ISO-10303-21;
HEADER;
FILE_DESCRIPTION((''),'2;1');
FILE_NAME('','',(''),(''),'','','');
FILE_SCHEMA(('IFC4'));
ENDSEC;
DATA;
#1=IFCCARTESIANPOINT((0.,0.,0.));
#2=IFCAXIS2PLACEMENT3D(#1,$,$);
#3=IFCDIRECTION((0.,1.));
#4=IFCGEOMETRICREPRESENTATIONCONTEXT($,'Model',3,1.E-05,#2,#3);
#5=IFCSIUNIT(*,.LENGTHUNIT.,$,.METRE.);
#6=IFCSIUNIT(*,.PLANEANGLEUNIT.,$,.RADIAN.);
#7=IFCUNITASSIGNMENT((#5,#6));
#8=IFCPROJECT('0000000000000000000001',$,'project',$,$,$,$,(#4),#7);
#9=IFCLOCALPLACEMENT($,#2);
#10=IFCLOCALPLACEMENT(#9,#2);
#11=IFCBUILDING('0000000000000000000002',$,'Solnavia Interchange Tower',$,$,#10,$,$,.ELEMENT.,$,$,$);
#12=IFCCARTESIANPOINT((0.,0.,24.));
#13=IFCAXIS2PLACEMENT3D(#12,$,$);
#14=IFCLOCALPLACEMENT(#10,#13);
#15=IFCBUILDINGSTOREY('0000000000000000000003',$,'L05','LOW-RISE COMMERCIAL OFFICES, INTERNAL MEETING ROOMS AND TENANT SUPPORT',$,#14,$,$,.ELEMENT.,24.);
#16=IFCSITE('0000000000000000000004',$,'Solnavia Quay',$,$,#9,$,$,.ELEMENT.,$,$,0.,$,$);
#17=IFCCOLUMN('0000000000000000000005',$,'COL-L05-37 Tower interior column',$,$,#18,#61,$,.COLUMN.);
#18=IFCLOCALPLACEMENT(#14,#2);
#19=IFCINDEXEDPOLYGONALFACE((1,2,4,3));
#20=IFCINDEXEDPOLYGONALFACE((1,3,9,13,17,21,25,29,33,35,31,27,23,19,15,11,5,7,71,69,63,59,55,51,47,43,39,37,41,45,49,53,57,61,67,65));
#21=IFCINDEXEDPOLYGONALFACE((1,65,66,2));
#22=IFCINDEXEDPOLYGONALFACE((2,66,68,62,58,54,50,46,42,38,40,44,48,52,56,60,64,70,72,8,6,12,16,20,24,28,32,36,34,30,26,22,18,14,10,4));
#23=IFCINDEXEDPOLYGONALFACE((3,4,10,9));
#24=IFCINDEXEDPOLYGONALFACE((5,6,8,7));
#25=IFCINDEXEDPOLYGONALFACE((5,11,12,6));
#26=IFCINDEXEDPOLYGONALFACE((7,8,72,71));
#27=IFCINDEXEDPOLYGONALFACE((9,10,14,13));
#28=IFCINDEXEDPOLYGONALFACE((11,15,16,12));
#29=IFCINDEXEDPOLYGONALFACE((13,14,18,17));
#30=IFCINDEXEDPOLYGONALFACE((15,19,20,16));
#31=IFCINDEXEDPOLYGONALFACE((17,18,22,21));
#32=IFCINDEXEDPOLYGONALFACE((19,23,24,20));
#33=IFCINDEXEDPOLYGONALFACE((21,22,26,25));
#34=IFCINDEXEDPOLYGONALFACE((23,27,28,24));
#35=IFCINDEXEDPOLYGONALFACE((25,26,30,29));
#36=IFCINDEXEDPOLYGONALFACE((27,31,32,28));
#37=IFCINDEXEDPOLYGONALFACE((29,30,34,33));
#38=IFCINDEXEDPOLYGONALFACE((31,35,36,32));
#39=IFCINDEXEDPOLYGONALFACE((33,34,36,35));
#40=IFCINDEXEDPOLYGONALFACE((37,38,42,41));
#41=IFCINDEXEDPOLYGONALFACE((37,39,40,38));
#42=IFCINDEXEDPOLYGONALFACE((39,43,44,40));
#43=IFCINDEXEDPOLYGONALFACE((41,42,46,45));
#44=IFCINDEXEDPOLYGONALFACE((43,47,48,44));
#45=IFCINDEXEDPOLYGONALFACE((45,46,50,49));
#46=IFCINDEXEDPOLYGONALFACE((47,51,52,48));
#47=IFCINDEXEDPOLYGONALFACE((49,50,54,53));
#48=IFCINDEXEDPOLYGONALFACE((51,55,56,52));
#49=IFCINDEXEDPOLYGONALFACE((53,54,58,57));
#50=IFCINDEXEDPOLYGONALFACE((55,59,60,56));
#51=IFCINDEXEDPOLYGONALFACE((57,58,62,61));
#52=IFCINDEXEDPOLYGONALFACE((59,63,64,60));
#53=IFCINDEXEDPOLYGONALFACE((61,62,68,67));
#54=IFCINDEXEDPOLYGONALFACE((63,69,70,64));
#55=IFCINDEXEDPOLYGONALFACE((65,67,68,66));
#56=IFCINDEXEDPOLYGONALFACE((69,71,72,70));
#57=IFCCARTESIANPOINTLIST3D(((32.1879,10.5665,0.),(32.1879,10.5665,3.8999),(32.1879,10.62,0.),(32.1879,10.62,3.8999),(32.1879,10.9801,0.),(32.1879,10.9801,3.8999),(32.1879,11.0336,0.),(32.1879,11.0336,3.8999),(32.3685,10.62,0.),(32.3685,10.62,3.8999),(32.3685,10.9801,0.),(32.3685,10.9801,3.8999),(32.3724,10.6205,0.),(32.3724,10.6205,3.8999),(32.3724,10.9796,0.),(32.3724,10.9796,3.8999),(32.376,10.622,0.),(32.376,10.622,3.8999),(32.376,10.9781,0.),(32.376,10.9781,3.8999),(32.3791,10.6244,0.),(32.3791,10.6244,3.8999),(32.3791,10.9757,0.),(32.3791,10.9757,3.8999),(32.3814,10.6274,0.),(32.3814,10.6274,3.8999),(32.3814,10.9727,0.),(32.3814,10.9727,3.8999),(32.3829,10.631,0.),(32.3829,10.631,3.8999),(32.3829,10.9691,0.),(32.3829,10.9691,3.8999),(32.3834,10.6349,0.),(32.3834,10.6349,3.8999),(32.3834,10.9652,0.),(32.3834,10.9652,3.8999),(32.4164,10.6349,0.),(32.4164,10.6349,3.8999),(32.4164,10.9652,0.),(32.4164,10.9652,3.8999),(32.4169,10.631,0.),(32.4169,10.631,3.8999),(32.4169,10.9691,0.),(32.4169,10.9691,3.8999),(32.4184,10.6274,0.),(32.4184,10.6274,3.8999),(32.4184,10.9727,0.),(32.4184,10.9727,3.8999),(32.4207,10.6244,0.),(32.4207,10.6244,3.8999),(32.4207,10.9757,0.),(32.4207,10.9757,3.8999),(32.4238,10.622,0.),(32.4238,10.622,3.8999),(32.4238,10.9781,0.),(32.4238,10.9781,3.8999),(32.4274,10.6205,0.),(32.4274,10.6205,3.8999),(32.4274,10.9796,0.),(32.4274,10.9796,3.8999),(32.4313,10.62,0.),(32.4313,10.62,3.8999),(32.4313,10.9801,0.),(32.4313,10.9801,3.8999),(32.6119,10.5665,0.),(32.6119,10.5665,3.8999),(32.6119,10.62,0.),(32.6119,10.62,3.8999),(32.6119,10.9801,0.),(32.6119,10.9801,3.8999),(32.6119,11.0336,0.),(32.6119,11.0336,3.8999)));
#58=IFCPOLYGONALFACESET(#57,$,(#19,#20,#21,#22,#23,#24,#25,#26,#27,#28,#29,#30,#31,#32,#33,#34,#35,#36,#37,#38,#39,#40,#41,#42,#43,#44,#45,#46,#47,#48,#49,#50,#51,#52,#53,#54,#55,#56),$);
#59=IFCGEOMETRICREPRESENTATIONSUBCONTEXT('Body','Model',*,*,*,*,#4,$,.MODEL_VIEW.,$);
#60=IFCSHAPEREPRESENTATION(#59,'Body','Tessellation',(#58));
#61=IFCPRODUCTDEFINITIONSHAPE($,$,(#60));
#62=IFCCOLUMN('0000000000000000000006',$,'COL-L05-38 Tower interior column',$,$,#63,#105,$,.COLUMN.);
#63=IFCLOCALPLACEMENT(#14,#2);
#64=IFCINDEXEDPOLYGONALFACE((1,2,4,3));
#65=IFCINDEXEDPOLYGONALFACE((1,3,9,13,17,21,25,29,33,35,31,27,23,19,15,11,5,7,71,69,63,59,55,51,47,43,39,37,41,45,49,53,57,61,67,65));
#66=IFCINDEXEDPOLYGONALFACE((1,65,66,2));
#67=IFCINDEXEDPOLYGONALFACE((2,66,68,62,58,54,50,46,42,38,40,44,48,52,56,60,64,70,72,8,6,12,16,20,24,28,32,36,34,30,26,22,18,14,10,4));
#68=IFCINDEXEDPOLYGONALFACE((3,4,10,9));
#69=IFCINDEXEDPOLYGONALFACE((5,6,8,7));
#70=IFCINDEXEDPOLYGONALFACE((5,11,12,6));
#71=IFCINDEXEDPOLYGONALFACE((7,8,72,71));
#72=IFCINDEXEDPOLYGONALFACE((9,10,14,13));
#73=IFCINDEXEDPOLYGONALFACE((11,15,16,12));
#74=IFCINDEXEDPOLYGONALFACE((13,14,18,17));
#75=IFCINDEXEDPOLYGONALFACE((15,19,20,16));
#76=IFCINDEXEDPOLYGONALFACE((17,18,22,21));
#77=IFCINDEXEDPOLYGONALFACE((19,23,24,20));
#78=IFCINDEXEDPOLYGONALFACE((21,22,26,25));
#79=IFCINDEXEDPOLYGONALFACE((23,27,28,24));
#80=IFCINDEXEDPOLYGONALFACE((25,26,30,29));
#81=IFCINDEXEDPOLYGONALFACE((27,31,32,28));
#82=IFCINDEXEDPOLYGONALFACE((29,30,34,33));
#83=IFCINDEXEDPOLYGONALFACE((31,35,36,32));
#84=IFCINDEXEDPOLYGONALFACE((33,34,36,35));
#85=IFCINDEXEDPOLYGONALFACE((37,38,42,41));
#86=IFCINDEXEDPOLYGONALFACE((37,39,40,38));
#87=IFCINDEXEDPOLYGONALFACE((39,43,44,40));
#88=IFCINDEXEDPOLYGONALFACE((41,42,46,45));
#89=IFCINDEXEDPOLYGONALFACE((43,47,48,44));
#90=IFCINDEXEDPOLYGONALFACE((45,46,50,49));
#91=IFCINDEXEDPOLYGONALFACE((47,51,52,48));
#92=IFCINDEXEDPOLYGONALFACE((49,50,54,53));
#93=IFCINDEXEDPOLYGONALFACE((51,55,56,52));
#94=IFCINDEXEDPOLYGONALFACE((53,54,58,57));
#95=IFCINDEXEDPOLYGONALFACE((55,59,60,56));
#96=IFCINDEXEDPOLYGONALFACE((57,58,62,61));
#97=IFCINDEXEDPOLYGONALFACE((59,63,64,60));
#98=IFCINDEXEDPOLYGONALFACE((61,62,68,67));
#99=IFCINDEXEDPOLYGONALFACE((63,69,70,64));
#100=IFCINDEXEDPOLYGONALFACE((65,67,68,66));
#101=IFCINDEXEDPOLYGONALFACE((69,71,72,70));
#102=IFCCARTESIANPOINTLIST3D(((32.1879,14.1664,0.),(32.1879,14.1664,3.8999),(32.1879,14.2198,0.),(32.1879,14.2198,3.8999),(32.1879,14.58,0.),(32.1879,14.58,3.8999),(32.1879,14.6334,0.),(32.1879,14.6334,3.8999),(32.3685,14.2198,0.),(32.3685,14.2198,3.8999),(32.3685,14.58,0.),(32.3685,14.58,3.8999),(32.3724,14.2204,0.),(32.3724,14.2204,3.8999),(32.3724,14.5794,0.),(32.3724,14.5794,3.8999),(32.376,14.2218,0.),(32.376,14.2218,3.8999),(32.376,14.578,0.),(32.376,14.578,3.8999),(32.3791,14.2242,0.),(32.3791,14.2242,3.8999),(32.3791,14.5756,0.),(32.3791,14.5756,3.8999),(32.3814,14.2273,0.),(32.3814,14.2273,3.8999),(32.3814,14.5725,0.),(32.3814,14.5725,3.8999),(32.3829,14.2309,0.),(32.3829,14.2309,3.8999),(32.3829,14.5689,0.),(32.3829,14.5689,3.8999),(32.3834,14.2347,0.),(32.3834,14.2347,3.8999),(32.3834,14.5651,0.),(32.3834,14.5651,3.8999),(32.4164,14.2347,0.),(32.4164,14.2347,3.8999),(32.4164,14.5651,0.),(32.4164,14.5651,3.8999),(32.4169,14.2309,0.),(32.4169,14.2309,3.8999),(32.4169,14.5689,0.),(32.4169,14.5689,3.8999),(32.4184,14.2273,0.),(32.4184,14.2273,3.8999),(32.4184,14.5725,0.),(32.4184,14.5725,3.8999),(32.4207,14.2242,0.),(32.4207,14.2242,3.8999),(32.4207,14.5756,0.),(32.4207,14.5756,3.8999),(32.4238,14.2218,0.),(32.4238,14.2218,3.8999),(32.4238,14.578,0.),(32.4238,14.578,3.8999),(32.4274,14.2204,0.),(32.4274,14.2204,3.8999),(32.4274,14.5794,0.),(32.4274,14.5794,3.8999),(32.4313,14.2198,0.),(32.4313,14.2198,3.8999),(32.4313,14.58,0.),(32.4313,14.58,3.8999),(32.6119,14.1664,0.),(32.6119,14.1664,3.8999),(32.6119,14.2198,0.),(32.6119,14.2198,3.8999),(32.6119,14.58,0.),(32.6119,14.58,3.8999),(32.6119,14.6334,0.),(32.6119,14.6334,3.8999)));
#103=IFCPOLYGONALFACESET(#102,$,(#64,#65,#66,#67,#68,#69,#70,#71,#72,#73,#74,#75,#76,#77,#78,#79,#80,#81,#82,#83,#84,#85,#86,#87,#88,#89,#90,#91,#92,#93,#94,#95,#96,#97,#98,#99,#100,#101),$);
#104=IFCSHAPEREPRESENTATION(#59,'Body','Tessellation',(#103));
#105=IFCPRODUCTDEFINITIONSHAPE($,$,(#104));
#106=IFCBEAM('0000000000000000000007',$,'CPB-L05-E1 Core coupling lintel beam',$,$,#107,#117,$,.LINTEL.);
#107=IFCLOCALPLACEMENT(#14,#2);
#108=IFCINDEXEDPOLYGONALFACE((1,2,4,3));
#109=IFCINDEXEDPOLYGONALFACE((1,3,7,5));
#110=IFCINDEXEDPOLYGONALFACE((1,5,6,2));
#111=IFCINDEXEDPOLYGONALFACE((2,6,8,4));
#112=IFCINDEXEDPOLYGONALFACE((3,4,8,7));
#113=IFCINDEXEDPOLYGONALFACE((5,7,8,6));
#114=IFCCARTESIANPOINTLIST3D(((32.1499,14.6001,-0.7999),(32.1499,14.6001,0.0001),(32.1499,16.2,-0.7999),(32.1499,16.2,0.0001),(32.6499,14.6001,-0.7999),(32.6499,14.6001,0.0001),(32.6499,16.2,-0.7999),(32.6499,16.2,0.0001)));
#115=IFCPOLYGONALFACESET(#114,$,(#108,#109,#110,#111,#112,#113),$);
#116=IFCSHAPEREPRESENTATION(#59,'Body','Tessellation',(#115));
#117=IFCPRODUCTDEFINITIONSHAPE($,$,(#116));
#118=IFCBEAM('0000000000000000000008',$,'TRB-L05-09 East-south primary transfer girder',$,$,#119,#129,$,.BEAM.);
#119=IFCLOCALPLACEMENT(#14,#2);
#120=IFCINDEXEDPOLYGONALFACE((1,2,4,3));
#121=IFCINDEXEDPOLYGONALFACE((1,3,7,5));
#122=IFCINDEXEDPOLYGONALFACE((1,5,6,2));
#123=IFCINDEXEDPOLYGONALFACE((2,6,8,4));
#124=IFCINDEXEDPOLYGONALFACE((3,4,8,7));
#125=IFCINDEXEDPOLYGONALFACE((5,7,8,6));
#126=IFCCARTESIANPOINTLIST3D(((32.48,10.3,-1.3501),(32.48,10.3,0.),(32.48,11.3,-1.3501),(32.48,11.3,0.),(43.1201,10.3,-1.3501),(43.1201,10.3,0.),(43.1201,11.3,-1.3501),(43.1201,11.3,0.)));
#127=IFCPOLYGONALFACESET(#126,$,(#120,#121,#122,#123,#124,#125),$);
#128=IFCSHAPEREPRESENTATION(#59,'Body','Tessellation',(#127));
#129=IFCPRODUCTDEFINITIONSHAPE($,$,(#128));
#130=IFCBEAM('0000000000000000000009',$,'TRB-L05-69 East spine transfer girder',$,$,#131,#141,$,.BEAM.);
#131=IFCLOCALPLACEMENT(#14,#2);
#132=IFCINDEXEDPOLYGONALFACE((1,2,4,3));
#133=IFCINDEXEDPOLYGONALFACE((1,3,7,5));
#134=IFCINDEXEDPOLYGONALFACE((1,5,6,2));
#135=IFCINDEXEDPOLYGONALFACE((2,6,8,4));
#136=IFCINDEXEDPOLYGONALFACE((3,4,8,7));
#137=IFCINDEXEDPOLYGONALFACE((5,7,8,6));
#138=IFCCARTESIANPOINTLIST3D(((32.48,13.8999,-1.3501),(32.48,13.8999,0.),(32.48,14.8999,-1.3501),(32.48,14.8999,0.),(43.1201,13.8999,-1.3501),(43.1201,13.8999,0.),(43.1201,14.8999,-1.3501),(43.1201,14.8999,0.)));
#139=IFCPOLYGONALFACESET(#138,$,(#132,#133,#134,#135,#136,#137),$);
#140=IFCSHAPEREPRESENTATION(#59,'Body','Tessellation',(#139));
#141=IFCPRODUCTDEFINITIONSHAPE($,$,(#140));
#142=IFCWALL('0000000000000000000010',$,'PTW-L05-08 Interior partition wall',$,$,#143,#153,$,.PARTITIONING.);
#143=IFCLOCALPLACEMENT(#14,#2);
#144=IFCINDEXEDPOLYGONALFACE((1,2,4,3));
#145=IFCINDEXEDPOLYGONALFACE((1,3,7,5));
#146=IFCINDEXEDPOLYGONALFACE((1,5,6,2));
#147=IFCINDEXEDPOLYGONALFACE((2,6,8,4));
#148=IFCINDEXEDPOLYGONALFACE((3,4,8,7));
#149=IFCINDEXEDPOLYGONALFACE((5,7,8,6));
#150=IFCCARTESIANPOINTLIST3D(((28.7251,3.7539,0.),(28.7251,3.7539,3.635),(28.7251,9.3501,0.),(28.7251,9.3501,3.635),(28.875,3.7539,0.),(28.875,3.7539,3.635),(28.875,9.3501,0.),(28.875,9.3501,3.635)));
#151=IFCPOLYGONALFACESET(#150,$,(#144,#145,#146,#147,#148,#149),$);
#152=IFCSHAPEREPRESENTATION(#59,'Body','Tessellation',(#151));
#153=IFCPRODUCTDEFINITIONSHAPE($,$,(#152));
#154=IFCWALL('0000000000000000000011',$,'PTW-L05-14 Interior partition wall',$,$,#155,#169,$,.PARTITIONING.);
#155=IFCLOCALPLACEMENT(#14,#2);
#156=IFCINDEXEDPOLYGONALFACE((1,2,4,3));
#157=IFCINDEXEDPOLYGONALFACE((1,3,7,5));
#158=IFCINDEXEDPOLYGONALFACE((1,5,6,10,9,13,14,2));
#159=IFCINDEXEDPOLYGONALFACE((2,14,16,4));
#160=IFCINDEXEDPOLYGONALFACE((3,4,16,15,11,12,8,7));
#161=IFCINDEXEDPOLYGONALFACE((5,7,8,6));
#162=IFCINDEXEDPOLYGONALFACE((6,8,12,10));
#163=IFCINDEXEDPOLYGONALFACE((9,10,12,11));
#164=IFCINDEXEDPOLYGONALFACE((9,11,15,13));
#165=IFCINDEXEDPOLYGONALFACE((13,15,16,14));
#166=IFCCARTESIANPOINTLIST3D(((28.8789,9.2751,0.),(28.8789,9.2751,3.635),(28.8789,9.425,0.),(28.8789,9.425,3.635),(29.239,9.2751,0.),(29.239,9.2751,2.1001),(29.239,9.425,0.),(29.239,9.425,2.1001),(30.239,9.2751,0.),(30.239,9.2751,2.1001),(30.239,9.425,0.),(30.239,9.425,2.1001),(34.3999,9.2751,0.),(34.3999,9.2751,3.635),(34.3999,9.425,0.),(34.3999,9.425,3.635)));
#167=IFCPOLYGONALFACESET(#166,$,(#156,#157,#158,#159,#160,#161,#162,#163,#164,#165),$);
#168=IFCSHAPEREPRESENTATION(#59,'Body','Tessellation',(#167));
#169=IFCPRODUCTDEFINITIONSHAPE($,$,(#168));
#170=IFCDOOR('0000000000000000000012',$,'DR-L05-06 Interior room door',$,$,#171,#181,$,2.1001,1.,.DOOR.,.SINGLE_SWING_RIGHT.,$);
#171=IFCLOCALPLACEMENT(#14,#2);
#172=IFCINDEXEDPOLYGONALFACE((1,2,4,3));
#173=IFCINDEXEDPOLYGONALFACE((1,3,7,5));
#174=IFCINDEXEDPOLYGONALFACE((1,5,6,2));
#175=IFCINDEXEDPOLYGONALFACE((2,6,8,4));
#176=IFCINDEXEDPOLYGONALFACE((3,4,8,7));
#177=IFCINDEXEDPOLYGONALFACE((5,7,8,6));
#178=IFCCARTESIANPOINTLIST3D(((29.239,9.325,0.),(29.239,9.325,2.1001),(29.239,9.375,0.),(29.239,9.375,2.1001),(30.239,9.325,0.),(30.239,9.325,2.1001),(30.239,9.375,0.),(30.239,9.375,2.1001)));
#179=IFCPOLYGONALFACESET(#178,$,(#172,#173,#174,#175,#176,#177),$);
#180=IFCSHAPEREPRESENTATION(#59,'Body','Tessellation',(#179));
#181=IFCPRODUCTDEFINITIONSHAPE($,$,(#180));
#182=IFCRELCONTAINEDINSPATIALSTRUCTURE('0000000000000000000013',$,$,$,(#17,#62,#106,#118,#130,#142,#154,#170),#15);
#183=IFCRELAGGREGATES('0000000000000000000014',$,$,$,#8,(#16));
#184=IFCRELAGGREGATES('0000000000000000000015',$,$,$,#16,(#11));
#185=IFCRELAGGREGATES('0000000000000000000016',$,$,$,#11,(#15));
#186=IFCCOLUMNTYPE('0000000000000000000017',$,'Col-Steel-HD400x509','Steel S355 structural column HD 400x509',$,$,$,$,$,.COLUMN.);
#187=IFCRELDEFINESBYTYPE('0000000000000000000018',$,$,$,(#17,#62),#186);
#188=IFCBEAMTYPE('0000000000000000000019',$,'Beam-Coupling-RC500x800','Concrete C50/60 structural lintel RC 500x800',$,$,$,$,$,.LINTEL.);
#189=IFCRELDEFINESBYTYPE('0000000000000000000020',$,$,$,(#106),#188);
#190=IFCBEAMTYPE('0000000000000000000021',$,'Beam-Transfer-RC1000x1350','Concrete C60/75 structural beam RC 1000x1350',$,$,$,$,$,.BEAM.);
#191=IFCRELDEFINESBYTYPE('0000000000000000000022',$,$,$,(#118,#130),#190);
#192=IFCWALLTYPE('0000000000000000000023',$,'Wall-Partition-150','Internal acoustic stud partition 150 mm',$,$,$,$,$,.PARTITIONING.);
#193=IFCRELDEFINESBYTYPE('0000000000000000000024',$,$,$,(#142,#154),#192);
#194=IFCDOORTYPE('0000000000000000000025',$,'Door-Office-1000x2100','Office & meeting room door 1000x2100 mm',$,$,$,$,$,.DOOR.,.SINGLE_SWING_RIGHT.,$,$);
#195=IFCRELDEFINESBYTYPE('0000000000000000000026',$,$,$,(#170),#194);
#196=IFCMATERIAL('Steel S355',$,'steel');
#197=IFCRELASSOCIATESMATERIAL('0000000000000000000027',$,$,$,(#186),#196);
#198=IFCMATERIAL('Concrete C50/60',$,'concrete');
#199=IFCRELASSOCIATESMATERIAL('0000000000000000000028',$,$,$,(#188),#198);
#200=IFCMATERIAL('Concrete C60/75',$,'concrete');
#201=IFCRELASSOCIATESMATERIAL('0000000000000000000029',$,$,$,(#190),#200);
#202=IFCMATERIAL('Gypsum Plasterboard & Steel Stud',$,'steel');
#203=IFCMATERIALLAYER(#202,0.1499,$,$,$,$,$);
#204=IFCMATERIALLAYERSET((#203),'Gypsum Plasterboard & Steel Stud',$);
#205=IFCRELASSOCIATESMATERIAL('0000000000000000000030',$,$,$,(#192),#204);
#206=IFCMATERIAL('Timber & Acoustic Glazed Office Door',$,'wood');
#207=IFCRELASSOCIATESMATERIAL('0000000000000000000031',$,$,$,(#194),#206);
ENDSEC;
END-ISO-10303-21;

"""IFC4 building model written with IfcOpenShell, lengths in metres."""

from ifc_helpers import new_model, si_unit, direction, frame, frame_2d, origin, origin_2d, place, context, subcontext, project, spatial, rectangle, i_section, extrude, material, layer, layer_set, material_profile, profile_set, type_object, element, fill, save


model = new_model("IFC4")

# Units and contexts
model_context = context("Model", 3, precision=1e-05, world=origin(), true_north=direction((0.0, 1.0)))
body_context = subcontext(model_context, "Body", "Model", "MODEL_VIEW")
ifc_project = project(units=[si_unit("LENGTHUNIT", "METRE"), si_unit("PLANEANGLEUNIT", "RADIAN")], contexts=[model_context])

# Site, building, storey
site_placement = place(None, origin())
site = spatial("IfcSite", under=ifc_project, at=site_placement, Name="Solnavia Quay", CompositionType="ELEMENT", RefElevation=0.0)
building_placement = place(site_placement, origin())
building = spatial("IfcBuilding", under=site, at=building_placement, Name="Solnavia Interchange Tower", CompositionType="ELEMENT")
storey_placement = place(building_placement, frame((0.0, 0.0, 24.0)))
storey = spatial("IfcBuildingStorey", under=building, at=storey_placement, Name="L05", Description="LOW-RISE COMMERCIAL OFFICES, INTERNAL MEETING ROOMS AND TENANT SUPPORT", CompositionType="ELEMENT", Elevation=24.0)

# Columns
ifc_material_1 = material(Name="Steel S355", Category="steel")
ifc_material_profile_1 = material_profile(ifc_material_1, i_section(OverallWidth=0.4241, OverallDepth=0.467, WebThickness=0.033, FlangeThickness=0.0535, FilletRadius=0.0149, at=origin_2d()), Name="HD 400x509")
ifc_profile_set_1 = profile_set([ifc_material_profile_1], Name="Steel S355")
column_type = type_object("IfcColumnType", Name="Col-Steel-HD400x509", Description="Steel S355 structural column HD 400x509", PredefinedType="COLUMN", material=ifc_profile_set_1)
for number, where, z_axis, x_axis, name in (
    (1, (32.3999, 10.8, 0.0), (0.0, 0.0, 1.0), (1.0, 0.0, 0.0), "COL-L05-37 Tower interior column"),
    (2, (32.3999, 14.3999, 0.0), (0.0, 0.0, 1.0), (1.0, 0.0, 0.0), "COL-L05-38 Tower interior column"),
):
    element("IfcColumn", number, at=place(storey_placement, frame(where, z_axis=z_axis, x_axis=x_axis)), inside=storey, type_object=column_type, Name=name, PredefinedType="COLUMN", context=body_context, shape_type="SweptSolid", body=[
        extrude(i_section(OverallWidth=0.4241, OverallDepth=0.467, WebThickness=0.033, FlangeThickness=0.0535, FilletRadius=0.0149, at=origin_2d()), origin(), (0.0, 0.0, 1.0), 3.8999),
    ])

# Beams
ifc_material_2 = material(Name="Concrete C50/60", Category="concrete")
ifc_material_profile_2 = material_profile(ifc_material_2, rectangle(XDim=0.5, YDim=0.8, at=origin_2d()), Name="RC 500x800")
ifc_profile_set_2 = profile_set([ifc_material_profile_2], Name="Concrete C50/60")
beam_type_1 = type_object("IfcBeamType", Name="Beam-Coupling-RC500x800", Description="Concrete C50/60 structural lintel RC 500x800", PredefinedType="LINTEL", material=ifc_profile_set_2)
beam_placement = place(storey_placement, frame((32.3999, 14.6001, -0.3999), z_axis=(0.0, 1.0, 0.0), x_axis=(-1.0, 0.0, 0.0)))
element("IfcBeam", 3, at=beam_placement, inside=storey, type_object=beam_type_1, Name="CPB-L05-E1 Core coupling lintel beam", PredefinedType="LINTEL", context=body_context, shape_type="SweptSolid", body=[
    extrude(rectangle(XDim=0.5, YDim=0.8, at=origin_2d()), origin(), (0.0, 0.0, 1.0), 1.5999),
])
ifc_material_3 = material(Name="Concrete C60/75", Category="concrete")
ifc_material_profile_3 = material_profile(ifc_material_3, rectangle(XDim=1.0, YDim=1.3501, at=origin_2d()), Name="RC 1000x1350")
ifc_profile_set_3 = profile_set([ifc_material_profile_3], Name="Concrete C60/75")
beam_type_2 = type_object("IfcBeamType", Name="Beam-Transfer-RC1000x1350", Description="Concrete C60/75 structural beam RC 1000x1350", PredefinedType="BEAM", material=ifc_profile_set_3)
for number, where, z_axis, x_axis, name in (
    (4, (32.48, 10.8, -0.675), (1.0, 0.0, 0.0), (0.0, 1.0, 0.0), "TRB-L05-09 East-south primary transfer girder"),
    (5, (32.48, 14.3999, -0.675), (1.0, 0.0, 0.0), (0.0, 1.0, 0.0), "TRB-L05-69 East spine transfer girder"),
):
    element("IfcBeam", number, at=place(storey_placement, frame(where, z_axis=z_axis, x_axis=x_axis)), inside=storey, type_object=beam_type_2, Name=name, PredefinedType="BEAM", context=body_context, shape_type="SweptSolid", body=[
        extrude(rectangle(XDim=1.0, YDim=1.3501, at=origin_2d()), origin(), (0.0, 0.0, 1.0), 10.6401),
    ])

# Wall
ifc_material_4 = material(Name="Gypsum Plasterboard & Steel Stud", Category="steel")
ifc_layer_1 = layer(ifc_material_4, 0.1499)
ifc_layer_set_1 = layer_set([ifc_layer_1], Name="Gypsum Plasterboard & Steel Stud")
wall_type_1 = type_object("IfcWallType", Name="Wall-Partition-150", Description="Internal acoustic stud partition 150 mm", PredefinedType="PARTITIONING", material=ifc_layer_set_1)
wall_1_placement = place(storey_placement, frame((28.8, 9.3501, 0.0), z_axis=(0.0, 0.0, 1.0), x_axis=(0.0, -1.0, 0.0)))
element("IfcWall", 6, at=wall_1_placement, inside=storey, type_object=wall_type_1, Name="PTW-L05-08 Interior partition wall", PredefinedType="PARTITIONING", context=body_context, shape_type="SweptSolid", body=[
    extrude(rectangle(XDim=5.5962, YDim=0.1499, at=frame_2d((2.7981, 0.0))), origin(), (0.0, 0.0, 1.0), 3.635),
])

# Wall, opening, door
wall_2_placement = place(storey_placement, frame((28.8789, 9.3501, 0.0), z_axis=(0.0, 0.0, 1.0), x_axis=(1.0, 0.0, 0.0)))
wall_2 = element("IfcWall", 7, at=wall_2_placement, inside=storey, type_object=wall_type_1, Name="PTW-L05-14 Interior partition wall", PredefinedType="PARTITIONING", context=body_context, shape_type="SweptSolid", body=[
    extrude(rectangle(XDim=5.521, YDim=0.1499, at=frame_2d((2.7605, 0.0))), origin(), (0.0, 0.0, 1.0), 3.635),
])
opening_1_placement = place(wall_2_placement, frame((0.3601, 0.0, 0.0)))
opening_1 = element("IfcOpeningElement", 8, at=opening_1_placement, cuts=wall_2, PredefinedType="OPENING", context=body_context, shape_type="SweptSolid", body=[
    extrude(rectangle(XDim=1.0, YDim=2.1001, at=frame_2d((0.5, 1.05))), frame((0.0, 0.085, 0.0), z_axis=(0.0, -1.0, 0.0), x_axis=(1.0, 0.0, 0.0)), (0.0, 0.0, 1.0), 0.1699),
])
ifc_material_5 = material(Name="Timber & Acoustic Glazed Office Door", Category="wood")
door_type_1 = type_object("IfcDoorType", Name="Door-Office-1000x2100", Description="Office & meeting room door 1000x2100 mm", OperationType="SINGLE_SWING_RIGHT", PredefinedType="DOOR", material=ifc_material_5)
door_1_placement = place(opening_1_placement, origin())
door_1 = element("IfcDoor", 9, at=door_1_placement, inside=storey, type_object=door_type_1, Name="DR-L05-06 Interior room door", OperationType="SINGLE_SWING_RIGHT", OverallHeight=2.1001, OverallWidth=1.0, PredefinedType="DOOR", context=body_context, shape_type="SweptSolid", body=[
    extrude(rectangle(XDim=1.0, YDim=2.1001, at=frame_2d((0.5, 1.05))), frame((0.0, 0.0249, 0.0), z_axis=(0.0, -1.0, 0.0), x_axis=(1.0, 0.0, 0.0)), (0.0, 0.0, 1.0), 0.05),
])
fill(opening_1, door_1)

save(model, "model.ifc")
